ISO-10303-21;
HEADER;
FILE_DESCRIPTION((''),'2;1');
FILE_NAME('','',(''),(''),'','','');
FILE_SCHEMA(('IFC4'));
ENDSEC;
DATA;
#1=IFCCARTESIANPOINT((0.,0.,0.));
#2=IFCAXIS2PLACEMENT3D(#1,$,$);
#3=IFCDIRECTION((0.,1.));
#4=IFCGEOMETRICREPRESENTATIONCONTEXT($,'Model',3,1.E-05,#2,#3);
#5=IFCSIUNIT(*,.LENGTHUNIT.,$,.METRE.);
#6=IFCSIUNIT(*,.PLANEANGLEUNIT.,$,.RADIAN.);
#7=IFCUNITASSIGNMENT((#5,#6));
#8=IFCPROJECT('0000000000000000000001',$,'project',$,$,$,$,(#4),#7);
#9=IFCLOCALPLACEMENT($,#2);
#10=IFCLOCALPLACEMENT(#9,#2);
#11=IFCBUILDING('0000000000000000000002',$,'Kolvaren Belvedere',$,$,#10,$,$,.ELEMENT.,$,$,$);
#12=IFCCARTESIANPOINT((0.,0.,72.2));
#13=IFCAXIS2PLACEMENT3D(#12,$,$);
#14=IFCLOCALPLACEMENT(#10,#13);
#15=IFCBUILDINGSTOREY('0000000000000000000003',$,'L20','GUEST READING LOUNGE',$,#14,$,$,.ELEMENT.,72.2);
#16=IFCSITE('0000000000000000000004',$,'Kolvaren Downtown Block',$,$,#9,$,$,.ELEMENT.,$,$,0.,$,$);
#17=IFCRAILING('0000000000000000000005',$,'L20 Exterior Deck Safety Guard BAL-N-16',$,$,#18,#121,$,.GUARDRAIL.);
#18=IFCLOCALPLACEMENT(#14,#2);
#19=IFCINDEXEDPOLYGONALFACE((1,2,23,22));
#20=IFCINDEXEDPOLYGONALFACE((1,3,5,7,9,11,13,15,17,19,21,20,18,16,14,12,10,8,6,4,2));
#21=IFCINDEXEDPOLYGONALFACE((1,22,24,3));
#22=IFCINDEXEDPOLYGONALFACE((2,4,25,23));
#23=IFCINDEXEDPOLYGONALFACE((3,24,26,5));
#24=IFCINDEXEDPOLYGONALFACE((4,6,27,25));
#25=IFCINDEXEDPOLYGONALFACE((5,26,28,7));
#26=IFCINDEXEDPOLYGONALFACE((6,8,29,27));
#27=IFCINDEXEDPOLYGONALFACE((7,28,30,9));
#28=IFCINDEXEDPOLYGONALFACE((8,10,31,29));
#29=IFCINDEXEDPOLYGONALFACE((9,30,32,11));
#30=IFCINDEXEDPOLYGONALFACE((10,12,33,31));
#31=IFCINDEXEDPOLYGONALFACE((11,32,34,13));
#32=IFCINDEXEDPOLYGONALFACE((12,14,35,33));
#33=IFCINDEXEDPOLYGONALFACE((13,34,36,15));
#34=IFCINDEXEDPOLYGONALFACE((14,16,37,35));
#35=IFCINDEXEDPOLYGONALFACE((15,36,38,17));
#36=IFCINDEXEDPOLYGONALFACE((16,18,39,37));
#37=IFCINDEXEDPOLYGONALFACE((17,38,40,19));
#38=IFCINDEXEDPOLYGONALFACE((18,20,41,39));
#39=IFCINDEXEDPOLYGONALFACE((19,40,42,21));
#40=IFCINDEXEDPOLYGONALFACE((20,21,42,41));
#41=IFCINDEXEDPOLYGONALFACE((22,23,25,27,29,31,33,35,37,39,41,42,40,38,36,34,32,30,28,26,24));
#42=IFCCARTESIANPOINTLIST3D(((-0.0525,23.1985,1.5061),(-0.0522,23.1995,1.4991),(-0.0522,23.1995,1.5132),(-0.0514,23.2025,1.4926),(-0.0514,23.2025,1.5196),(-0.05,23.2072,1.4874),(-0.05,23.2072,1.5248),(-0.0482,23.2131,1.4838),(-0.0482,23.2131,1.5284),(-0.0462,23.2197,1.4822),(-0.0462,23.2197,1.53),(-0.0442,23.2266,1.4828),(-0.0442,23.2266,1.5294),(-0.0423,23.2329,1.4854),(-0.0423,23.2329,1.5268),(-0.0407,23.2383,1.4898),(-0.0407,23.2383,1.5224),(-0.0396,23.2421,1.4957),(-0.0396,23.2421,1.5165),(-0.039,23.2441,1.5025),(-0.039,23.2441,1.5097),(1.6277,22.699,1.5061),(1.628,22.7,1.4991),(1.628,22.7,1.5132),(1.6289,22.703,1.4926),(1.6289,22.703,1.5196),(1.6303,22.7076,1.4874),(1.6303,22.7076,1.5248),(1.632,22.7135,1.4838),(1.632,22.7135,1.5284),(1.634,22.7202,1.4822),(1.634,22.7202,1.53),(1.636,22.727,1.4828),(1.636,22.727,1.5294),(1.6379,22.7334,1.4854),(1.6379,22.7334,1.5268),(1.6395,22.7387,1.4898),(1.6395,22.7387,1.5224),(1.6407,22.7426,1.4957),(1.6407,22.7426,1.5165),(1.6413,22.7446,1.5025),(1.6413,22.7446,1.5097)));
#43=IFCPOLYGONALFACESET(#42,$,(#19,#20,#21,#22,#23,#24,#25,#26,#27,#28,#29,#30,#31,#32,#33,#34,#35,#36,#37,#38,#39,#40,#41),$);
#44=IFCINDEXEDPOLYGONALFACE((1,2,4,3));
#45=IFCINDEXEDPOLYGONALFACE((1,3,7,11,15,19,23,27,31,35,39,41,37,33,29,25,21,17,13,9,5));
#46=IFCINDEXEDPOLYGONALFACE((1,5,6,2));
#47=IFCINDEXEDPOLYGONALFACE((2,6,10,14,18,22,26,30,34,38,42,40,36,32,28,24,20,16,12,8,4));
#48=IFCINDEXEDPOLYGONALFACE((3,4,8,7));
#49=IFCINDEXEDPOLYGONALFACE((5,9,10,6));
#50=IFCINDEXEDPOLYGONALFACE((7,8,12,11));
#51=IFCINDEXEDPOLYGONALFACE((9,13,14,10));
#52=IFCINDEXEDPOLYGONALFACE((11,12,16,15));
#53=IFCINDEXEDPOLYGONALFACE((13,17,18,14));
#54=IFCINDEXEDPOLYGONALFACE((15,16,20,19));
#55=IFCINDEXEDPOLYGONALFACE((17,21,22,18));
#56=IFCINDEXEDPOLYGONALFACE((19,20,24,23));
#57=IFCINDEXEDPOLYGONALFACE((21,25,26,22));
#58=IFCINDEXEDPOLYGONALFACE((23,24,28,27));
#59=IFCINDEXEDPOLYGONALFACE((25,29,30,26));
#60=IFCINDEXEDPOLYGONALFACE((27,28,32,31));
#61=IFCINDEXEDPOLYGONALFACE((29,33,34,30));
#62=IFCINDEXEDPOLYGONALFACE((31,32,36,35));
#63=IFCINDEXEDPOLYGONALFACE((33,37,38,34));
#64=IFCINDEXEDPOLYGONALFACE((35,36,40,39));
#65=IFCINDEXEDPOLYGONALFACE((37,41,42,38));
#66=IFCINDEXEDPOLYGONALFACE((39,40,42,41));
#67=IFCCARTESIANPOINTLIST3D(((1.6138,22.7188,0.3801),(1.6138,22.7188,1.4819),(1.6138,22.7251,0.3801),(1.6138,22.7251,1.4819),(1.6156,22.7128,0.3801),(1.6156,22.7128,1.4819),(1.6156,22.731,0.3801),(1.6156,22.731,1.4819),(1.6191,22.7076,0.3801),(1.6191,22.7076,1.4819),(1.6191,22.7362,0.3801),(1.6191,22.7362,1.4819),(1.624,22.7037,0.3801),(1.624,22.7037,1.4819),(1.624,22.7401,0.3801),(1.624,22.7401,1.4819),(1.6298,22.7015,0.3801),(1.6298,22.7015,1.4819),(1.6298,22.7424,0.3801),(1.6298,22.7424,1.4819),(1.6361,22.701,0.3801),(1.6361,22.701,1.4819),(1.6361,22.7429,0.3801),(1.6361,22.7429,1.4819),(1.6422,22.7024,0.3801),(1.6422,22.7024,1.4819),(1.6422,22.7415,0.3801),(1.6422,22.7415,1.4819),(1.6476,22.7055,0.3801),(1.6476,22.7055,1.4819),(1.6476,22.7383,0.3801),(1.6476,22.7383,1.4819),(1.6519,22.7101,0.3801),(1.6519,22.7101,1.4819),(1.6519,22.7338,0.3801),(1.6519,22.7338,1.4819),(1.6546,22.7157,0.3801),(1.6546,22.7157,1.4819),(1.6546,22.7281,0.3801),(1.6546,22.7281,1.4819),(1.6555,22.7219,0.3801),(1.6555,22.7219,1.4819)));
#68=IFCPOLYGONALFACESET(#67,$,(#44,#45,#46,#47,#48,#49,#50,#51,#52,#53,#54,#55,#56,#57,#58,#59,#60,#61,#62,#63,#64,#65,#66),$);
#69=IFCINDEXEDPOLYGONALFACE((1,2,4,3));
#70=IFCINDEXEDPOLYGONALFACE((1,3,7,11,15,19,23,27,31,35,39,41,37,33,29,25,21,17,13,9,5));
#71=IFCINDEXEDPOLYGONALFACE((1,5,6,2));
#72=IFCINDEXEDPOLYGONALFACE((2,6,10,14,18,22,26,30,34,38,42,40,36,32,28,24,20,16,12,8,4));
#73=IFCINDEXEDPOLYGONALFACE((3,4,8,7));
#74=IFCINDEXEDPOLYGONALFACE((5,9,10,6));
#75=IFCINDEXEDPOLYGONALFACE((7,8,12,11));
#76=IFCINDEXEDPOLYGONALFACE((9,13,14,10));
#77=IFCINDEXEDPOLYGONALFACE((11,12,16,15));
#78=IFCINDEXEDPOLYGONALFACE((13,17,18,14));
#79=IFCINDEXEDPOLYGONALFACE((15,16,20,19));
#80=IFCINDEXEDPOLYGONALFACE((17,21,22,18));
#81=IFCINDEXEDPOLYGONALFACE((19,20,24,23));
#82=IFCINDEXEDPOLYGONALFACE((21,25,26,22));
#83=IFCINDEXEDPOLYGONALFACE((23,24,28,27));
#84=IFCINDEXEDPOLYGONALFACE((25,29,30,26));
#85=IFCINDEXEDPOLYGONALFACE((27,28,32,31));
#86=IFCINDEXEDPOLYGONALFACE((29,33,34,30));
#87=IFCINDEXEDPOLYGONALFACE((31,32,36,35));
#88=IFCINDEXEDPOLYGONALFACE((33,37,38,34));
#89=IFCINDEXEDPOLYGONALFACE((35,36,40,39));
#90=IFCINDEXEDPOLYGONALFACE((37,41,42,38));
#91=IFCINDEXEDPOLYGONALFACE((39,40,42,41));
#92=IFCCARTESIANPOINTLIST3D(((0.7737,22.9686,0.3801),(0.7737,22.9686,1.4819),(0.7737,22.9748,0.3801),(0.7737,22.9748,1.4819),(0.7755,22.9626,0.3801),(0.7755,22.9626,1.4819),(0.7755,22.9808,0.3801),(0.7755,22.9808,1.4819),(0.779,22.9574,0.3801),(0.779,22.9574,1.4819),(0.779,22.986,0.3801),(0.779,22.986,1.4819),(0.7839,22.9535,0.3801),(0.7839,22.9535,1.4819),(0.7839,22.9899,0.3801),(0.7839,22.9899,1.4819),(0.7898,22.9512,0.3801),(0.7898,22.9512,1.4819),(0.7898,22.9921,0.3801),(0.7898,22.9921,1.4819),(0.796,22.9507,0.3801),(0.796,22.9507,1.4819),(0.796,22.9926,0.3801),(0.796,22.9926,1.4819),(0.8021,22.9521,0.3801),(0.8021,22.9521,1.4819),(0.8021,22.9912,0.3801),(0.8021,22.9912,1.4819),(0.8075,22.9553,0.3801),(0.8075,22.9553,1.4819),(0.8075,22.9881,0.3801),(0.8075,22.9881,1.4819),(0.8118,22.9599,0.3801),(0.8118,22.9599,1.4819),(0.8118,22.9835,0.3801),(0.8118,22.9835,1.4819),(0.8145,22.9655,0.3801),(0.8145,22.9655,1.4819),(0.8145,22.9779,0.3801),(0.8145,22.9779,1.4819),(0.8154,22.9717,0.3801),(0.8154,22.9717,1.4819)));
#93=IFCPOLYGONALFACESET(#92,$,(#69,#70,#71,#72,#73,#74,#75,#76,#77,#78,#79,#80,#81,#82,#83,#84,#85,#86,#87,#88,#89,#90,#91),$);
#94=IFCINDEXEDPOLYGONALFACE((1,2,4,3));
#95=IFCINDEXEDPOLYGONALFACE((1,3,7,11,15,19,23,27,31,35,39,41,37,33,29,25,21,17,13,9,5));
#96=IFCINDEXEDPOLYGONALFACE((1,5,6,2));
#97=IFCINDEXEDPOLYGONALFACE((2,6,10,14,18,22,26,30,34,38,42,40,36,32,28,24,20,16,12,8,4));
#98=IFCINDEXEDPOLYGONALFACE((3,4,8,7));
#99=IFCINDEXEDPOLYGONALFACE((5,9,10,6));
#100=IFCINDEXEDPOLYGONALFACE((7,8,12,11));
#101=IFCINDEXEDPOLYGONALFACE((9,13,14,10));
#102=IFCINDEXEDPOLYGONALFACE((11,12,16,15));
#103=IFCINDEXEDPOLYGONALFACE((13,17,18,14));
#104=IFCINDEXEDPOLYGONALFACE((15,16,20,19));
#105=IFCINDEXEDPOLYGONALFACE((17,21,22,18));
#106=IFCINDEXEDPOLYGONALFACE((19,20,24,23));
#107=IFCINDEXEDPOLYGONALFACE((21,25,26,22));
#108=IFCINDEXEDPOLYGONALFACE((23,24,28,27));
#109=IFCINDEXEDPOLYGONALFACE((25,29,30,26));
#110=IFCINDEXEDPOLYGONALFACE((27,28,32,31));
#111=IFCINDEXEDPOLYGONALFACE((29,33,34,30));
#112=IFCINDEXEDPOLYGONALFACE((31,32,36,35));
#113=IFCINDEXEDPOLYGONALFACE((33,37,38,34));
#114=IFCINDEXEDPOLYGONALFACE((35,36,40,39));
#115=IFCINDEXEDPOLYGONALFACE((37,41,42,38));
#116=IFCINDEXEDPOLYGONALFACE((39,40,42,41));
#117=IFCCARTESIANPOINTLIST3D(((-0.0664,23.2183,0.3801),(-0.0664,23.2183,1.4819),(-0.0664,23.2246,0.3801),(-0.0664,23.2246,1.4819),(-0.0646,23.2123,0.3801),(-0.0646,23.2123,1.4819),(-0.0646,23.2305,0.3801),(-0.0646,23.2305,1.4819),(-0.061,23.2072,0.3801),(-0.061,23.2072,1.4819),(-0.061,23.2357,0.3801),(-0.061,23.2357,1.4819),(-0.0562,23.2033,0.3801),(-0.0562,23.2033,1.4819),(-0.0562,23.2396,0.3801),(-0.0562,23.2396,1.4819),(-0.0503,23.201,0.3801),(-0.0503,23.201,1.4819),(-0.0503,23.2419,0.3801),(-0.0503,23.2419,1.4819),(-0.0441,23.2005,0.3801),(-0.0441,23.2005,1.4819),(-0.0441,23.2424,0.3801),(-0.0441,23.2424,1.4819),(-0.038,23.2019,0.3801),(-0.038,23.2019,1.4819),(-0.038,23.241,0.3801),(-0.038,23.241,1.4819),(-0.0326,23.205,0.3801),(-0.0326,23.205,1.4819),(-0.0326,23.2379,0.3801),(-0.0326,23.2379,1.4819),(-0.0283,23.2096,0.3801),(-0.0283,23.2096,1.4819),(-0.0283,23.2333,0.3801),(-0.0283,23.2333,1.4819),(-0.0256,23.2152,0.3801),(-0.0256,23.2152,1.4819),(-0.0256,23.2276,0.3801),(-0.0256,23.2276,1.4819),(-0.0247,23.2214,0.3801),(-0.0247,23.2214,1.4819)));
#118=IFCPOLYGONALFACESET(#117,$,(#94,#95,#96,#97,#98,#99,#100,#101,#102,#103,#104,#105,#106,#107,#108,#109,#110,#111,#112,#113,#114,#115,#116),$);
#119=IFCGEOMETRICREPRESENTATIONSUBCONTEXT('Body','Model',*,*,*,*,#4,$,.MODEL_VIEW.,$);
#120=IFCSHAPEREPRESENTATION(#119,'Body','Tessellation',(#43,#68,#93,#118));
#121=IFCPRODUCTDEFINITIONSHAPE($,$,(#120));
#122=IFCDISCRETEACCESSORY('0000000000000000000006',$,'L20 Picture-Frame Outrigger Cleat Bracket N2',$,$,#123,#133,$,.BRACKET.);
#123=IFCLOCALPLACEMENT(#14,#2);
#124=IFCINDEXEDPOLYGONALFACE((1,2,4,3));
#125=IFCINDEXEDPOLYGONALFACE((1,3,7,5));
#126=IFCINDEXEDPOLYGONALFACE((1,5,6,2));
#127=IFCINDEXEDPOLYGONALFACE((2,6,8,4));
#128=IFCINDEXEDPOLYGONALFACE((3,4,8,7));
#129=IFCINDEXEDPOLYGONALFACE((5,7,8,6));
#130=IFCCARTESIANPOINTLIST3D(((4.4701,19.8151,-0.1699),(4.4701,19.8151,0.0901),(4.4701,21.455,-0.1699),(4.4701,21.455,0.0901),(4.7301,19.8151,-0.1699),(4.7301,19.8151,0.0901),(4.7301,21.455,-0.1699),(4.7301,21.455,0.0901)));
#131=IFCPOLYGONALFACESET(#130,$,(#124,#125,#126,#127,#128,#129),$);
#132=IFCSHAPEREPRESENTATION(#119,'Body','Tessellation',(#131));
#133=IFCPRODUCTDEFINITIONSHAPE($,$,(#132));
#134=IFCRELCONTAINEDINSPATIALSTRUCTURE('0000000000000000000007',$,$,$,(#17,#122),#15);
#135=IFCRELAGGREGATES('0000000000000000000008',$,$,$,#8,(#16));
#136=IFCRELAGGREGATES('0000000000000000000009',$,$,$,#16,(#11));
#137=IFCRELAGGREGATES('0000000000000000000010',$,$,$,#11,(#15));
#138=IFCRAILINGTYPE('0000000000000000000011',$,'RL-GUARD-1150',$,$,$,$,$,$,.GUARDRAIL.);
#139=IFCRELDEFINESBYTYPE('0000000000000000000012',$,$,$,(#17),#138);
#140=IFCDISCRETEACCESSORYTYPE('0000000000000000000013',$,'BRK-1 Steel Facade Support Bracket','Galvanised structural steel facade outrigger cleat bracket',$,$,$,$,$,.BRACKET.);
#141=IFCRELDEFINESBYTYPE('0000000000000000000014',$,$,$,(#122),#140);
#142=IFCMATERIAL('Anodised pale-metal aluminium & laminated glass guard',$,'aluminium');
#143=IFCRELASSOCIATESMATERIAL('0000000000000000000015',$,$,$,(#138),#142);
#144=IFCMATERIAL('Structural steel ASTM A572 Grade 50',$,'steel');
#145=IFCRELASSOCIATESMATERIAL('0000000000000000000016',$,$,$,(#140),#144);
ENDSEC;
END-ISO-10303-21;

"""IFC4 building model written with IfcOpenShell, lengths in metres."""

from ifc_helpers import new_model, si_unit, direction, frame, origin, origin_2d, place, context, subcontext, project, spatial, rectangle, circle, extrude, material, type_object, element, save


model = new_model("IFC4")

# Units and contexts
model_context = context("Model", 3, precision=1e-05, world=origin(), true_north=direction((0.0, 1.0)))
body_context = subcontext(model_context, "Body", "Model", "MODEL_VIEW")
ifc_project = project(units=[si_unit("LENGTHUNIT", "METRE"), si_unit("PLANEANGLEUNIT", "RADIAN")], contexts=[model_context])

# Site, building, storey
site_placement = place(None, origin())
site = spatial("IfcSite", under=ifc_project, at=site_placement, Name="Kolvaren Downtown Block", CompositionType="ELEMENT", RefElevation=0.0)
building_placement = place(site_placement, origin())
building = spatial("IfcBuilding", under=site, at=building_placement, Name="Kolvaren Belvedere", CompositionType="ELEMENT")
storey_placement = place(building_placement, frame((0.0, 0.0, 72.2)))
storey = spatial("IfcBuildingStorey", under=building, at=storey_placement, Name="L20", Description="GUEST READING LOUNGE", CompositionType="ELEMENT", Elevation=72.2)

# Railing
ifc_material_1 = material(Name="Anodised pale-metal aluminium & laminated glass guard", Category="aluminium")
railing_type = type_object("IfcRailingType", Name="RL-GUARD-1150", PredefinedType="GUARDRAIL", material=ifc_material_1)
railing_1_placement = place(storey_placement, frame((1.6345, 22.7219, 0.3801)))
element("IfcRailing", 1, at=railing_1_placement, inside=storey, type_object=railing_type, Name="L20 Exterior Deck Safety Guard BAL-N-16", PredefinedType="GUARDRAIL", context=body_context, shape_type="SweptSolid", body=[
    extrude(circle(Radius=0.0239, at=origin_2d()), frame((0.0, 0.0, 1.126), z_axis=(-0.958536, 0.28497, 0.0), x_axis=(-0.28497, -0.958536, 0.0)), (0.0, 0.0, 1.0), 1.7529),
    extrude(circle(Radius=0.021, at=origin_2d()), origin(), (0.0, 0.0, 1.0), 1.1018),
    extrude(circle(Radius=0.021, at=origin_2d()), frame((-0.8401, 0.2498, 0.0)), (0.0, 0.0, 1.0), 1.1018),
    extrude(circle(Radius=0.021, at=origin_2d()), frame((-1.6802, 0.4995, 0.0)), (0.0, 0.0, 1.0), 1.1018),
])

# Discrete accessory
ifc_material_2 = material(Name="Structural steel ASTM A572 Grade 50", Category="steel")
discrete_accessory_type = type_object("IfcDiscreteAccessoryType", Name="BRK-1 Steel Facade Support Bracket", Description="Galvanised structural steel facade outrigger cleat bracket", PredefinedType="BRACKET", material=ifc_material_2)
discrete_accessory_placement = place(storey_placement, frame((4.6001, 20.635, -0.1699), z_axis=(0.0, 0.0, 1.0), x_axis=(0.0, 1.0, 0.0)))
element("IfcDiscreteAccessory", 2, at=discrete_accessory_placement, inside=storey, type_object=discrete_accessory_type, Name="L20 Picture-Frame Outrigger Cleat Bracket N2", PredefinedType="BRACKET", context=body_context, shape_type="SweptSolid", body=[
    extrude(rectangle(XDim=1.6399, YDim=0.26, at=origin_2d()), origin(), (0.0, 0.0, 1.0), 0.26),
])

save(model, "model.ifc")
